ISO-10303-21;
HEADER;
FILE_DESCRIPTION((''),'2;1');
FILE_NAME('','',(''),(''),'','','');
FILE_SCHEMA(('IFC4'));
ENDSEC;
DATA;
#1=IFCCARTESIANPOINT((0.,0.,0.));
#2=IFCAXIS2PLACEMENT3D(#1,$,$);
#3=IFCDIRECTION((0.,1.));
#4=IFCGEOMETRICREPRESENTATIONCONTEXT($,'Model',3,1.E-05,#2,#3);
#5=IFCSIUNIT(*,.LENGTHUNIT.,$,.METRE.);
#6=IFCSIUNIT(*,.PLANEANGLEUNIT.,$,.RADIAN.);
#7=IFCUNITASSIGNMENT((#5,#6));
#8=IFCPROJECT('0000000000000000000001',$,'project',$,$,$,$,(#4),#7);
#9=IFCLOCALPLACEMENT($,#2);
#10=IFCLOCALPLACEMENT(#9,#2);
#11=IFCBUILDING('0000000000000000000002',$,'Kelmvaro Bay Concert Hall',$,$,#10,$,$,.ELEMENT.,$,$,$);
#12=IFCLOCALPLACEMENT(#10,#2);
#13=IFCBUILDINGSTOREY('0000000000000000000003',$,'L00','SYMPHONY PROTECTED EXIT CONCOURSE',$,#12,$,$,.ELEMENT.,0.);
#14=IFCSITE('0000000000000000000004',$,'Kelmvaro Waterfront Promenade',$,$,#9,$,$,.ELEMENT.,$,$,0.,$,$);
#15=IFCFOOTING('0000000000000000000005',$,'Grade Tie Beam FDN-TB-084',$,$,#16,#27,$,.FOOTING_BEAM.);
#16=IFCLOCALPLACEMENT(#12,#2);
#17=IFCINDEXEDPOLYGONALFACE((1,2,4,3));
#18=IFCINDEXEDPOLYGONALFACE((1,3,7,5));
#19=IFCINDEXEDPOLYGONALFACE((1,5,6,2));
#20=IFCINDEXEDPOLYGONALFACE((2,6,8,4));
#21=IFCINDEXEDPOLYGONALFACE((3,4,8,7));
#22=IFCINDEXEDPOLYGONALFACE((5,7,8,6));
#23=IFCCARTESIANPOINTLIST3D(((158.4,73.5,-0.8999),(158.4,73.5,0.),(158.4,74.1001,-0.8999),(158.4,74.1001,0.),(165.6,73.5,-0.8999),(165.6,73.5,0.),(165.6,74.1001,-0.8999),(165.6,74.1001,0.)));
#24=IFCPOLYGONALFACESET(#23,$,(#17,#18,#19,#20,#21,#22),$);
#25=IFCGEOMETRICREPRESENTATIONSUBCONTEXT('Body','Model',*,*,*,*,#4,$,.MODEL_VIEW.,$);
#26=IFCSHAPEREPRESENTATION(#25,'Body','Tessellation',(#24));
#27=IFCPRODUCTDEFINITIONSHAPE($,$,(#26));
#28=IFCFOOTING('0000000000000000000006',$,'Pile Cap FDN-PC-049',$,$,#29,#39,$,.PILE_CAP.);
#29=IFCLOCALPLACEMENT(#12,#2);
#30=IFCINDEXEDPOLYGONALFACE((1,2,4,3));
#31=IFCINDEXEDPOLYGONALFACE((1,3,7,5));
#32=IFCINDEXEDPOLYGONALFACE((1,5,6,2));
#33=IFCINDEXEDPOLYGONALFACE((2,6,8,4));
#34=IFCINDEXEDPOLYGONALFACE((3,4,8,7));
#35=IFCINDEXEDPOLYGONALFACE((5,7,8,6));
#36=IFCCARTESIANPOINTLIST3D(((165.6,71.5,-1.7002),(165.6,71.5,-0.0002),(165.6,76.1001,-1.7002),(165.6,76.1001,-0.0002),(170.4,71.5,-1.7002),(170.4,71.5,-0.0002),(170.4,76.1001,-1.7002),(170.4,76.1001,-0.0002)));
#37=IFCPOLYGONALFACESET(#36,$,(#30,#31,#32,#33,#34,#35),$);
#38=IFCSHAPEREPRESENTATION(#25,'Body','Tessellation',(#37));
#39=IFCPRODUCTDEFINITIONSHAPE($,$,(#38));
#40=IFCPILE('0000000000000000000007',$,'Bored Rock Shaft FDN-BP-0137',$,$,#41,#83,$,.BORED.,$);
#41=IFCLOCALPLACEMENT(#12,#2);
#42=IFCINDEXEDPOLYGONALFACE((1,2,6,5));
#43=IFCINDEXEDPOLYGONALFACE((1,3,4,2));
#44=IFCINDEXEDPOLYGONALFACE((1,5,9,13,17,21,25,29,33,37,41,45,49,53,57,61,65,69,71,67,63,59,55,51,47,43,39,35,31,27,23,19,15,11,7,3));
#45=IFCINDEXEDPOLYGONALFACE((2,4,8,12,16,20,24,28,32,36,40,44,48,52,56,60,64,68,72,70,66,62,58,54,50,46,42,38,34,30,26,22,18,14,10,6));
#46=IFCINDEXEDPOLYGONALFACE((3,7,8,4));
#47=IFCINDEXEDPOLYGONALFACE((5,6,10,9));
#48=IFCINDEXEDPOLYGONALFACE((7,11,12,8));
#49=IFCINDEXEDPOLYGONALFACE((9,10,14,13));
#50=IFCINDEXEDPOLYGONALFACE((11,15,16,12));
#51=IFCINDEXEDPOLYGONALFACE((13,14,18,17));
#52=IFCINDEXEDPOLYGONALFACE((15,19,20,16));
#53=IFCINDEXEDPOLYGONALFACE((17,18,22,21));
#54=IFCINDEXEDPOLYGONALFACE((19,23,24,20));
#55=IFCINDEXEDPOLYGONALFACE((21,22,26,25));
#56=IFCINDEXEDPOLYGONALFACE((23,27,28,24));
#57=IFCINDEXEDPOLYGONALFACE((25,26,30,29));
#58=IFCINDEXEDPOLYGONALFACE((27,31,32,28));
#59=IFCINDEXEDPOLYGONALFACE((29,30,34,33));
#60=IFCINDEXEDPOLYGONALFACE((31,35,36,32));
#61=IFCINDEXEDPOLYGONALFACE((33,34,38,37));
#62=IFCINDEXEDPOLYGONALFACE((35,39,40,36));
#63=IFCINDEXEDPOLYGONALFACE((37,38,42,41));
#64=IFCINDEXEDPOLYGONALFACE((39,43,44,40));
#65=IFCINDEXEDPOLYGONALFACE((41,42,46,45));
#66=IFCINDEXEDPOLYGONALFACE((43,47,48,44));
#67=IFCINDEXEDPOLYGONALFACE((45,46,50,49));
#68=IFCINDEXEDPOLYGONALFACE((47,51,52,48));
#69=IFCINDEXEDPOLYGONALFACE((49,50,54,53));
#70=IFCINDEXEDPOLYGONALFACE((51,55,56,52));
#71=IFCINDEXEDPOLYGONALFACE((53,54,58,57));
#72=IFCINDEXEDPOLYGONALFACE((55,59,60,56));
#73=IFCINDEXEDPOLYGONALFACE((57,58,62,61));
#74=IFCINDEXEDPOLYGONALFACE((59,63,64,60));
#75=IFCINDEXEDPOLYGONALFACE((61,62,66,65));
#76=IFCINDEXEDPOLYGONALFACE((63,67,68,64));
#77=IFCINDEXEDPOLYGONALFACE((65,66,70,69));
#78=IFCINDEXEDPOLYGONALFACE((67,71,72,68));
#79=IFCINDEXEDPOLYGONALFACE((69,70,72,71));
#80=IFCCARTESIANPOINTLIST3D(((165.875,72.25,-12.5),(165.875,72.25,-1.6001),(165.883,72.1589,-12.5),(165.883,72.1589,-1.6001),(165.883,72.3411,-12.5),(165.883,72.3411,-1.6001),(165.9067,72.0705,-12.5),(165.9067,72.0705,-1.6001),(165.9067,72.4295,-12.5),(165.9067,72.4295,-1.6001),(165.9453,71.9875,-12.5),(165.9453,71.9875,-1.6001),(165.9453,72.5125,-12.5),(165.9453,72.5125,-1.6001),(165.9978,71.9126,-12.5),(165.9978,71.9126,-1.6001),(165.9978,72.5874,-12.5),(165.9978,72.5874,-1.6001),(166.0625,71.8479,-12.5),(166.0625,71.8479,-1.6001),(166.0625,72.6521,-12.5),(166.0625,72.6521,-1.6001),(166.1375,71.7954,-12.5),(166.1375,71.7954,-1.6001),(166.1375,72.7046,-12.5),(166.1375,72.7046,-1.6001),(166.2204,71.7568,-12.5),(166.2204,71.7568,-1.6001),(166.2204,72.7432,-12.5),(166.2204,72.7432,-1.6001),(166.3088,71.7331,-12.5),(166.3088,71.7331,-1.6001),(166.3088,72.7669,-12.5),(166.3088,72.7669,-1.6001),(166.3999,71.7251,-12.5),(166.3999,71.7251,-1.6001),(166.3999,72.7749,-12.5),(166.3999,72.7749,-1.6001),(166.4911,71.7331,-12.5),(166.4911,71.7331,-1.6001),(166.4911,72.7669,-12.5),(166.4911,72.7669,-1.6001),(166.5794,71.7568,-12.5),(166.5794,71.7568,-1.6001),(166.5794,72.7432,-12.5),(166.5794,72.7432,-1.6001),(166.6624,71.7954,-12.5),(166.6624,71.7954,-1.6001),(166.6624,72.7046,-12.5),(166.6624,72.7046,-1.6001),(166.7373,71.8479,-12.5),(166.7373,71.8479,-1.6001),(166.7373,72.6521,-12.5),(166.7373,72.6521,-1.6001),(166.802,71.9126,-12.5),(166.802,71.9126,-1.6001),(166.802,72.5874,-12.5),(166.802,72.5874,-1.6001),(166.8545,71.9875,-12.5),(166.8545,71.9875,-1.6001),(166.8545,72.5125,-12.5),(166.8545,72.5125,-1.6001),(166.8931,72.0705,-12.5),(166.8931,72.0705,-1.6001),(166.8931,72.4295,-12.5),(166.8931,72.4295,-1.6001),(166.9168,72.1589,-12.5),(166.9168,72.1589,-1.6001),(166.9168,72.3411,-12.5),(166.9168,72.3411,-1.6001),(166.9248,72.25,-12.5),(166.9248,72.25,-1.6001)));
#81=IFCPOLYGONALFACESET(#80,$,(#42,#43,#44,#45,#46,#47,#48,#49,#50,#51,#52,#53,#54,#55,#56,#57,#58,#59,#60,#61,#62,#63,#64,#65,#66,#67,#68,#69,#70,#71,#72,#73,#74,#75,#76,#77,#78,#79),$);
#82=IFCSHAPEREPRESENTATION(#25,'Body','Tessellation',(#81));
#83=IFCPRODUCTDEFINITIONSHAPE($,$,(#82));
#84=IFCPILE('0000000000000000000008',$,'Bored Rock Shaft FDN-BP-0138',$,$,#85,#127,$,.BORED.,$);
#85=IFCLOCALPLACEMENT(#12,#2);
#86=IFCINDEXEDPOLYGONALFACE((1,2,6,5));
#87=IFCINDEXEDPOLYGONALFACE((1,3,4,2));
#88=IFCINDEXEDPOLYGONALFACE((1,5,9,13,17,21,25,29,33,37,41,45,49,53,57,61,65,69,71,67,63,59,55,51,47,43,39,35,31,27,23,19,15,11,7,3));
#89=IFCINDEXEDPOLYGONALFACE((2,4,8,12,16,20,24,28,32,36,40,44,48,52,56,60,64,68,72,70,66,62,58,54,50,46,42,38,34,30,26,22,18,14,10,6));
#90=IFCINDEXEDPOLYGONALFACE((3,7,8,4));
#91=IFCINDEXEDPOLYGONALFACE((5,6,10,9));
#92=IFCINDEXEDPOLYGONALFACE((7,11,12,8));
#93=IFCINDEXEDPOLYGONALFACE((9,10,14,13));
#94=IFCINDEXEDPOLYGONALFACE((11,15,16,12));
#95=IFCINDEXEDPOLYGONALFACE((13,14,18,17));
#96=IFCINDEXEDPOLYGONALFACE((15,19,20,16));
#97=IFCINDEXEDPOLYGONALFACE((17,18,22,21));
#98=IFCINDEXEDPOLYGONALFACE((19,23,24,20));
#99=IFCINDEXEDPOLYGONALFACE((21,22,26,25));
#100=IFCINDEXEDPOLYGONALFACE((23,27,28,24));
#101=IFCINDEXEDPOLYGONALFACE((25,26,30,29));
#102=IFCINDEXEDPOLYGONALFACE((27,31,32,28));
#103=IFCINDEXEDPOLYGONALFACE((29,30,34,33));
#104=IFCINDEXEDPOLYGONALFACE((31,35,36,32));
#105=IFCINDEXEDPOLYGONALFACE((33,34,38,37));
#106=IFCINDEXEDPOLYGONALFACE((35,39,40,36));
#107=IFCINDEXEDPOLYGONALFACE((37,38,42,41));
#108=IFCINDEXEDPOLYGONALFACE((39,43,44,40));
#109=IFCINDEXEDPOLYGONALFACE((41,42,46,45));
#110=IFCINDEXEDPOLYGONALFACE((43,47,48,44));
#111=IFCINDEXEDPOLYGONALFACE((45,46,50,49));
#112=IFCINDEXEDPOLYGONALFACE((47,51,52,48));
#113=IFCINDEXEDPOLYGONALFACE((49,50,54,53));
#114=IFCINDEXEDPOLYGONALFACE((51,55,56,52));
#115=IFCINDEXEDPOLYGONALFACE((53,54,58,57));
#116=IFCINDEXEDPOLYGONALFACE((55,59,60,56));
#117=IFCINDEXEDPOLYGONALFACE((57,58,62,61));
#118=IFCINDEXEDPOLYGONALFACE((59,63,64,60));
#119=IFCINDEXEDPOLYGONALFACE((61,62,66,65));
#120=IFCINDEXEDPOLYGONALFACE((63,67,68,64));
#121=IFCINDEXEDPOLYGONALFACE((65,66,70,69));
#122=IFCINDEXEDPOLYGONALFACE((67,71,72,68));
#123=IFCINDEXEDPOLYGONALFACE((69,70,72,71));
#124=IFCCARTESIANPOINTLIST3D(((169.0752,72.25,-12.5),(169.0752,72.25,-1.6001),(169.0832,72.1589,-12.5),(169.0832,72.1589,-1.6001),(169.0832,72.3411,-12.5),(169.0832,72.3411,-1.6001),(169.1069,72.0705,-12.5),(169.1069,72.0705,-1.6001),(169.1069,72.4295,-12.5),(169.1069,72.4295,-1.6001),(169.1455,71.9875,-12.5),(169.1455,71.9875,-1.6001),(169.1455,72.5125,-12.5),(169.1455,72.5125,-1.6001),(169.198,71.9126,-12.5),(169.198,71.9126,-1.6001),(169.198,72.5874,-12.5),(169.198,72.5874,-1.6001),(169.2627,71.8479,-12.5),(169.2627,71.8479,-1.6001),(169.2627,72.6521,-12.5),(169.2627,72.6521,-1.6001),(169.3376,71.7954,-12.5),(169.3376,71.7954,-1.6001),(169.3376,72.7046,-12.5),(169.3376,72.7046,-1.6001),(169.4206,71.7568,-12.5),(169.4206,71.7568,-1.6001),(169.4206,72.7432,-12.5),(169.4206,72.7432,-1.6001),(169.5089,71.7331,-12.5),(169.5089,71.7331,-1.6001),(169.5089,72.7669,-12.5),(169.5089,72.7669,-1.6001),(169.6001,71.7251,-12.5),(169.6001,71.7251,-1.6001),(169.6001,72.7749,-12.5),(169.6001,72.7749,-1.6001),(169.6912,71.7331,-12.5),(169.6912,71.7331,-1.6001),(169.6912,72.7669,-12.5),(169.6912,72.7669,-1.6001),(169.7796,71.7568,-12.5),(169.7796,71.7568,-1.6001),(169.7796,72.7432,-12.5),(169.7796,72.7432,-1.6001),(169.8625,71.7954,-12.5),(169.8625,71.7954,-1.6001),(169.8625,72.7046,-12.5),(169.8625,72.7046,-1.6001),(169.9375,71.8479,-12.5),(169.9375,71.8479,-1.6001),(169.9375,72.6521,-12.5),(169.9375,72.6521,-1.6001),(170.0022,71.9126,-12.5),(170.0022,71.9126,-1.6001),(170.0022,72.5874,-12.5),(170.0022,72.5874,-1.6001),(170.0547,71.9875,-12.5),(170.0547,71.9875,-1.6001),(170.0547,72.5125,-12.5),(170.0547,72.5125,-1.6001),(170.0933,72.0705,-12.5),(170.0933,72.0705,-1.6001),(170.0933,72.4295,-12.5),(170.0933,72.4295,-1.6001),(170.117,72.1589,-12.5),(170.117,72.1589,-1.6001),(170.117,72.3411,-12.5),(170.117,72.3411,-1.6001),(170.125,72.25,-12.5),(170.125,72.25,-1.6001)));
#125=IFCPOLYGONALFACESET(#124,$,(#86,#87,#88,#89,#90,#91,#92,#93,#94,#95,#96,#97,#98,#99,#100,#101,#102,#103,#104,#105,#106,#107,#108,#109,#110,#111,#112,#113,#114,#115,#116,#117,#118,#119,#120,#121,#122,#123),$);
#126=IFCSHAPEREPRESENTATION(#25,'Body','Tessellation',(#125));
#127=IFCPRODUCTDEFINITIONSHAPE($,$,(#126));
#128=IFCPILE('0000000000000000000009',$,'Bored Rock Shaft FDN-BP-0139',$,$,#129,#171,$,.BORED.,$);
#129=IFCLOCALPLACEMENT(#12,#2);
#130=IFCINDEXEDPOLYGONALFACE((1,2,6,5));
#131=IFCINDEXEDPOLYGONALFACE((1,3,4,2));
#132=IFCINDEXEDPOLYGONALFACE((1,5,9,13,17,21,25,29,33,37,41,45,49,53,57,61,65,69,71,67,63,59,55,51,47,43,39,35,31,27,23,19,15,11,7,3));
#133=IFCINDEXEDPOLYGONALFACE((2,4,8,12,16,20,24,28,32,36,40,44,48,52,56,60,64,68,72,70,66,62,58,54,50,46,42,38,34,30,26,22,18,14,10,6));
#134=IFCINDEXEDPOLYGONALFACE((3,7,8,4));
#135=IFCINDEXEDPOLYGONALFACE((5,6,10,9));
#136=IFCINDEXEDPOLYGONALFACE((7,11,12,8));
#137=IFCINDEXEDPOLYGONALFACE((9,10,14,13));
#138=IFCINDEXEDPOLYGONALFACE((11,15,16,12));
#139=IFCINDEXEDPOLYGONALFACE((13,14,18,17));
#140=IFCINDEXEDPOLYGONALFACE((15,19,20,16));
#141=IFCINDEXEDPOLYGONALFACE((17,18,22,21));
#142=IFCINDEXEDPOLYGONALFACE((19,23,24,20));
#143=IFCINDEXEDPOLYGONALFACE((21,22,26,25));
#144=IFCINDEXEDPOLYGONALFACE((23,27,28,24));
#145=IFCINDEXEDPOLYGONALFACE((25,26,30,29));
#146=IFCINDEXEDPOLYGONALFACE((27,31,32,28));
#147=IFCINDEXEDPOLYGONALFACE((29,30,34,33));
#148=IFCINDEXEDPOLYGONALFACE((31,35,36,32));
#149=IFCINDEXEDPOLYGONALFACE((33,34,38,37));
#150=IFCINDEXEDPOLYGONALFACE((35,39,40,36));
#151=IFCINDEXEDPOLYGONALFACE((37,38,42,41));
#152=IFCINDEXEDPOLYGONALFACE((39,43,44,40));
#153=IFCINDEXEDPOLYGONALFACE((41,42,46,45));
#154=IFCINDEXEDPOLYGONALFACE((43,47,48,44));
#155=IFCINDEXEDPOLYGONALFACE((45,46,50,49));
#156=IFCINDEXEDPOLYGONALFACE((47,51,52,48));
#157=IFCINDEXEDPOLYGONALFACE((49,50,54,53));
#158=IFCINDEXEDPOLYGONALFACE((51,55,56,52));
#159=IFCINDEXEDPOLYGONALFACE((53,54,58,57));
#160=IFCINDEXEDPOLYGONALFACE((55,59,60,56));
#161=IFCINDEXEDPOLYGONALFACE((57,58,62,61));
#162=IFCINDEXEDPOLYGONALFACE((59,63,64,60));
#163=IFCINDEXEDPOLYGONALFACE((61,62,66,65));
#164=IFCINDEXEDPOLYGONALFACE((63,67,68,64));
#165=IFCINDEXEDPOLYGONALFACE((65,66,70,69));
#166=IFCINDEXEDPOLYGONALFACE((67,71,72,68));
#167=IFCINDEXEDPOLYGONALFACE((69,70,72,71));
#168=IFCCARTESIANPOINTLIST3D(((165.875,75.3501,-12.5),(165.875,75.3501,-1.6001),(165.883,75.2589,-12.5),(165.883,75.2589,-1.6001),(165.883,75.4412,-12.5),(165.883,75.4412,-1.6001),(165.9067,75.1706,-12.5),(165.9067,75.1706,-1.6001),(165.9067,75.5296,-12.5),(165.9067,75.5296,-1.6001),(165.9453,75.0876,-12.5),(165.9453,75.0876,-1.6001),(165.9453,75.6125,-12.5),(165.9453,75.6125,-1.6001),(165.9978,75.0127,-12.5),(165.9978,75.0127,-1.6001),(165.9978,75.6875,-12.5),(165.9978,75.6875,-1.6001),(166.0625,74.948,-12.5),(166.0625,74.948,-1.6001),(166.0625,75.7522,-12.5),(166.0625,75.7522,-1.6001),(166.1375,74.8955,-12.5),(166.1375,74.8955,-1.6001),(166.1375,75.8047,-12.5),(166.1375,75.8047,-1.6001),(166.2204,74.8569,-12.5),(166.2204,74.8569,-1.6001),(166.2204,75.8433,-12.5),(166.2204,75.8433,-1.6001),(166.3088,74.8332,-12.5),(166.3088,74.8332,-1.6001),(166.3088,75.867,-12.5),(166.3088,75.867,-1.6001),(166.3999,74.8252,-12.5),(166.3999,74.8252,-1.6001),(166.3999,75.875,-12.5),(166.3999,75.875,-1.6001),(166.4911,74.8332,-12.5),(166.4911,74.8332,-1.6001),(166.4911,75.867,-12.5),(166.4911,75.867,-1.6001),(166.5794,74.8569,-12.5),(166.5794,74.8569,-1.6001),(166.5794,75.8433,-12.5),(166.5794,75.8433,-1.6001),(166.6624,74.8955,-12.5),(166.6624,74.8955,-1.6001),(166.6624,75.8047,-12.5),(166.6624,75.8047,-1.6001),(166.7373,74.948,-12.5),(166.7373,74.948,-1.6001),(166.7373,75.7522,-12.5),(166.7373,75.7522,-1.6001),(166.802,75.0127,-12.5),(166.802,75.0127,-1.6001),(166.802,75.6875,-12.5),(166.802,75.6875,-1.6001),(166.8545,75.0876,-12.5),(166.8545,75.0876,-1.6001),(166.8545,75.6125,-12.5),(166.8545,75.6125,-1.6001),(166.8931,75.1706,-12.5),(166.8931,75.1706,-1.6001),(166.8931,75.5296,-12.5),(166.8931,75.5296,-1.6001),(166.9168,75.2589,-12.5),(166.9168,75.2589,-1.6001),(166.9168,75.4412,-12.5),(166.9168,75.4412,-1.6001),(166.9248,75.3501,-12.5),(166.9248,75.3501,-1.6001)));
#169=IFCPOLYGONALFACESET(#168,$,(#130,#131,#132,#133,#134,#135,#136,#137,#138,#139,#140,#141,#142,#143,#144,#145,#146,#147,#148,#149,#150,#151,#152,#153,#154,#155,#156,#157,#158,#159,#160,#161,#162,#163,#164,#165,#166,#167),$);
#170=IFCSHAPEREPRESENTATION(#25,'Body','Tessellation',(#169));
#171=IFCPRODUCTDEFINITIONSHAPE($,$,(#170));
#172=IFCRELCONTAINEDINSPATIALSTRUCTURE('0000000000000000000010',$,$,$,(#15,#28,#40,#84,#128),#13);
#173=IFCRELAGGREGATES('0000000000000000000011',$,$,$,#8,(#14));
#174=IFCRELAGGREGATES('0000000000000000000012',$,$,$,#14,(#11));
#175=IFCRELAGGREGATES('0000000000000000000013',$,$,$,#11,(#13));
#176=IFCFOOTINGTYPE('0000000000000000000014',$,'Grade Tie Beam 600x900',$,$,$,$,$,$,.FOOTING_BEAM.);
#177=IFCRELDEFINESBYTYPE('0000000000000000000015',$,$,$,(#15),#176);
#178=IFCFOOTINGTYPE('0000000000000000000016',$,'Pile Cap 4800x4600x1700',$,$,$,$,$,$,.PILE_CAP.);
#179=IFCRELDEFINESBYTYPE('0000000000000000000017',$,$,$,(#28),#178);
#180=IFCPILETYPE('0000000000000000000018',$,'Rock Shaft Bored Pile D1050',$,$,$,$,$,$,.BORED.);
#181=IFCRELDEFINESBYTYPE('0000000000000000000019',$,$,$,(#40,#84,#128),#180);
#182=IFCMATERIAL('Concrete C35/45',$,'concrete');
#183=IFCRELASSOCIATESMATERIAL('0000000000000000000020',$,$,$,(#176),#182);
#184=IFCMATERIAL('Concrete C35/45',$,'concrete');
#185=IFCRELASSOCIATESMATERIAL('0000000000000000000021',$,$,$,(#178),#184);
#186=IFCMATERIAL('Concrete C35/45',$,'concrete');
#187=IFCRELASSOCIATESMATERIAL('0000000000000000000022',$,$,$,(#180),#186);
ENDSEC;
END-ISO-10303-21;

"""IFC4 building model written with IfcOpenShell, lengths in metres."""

from ifc_helpers import new_model, si_unit, direction, frame, origin, origin_2d, place, context, subcontext, project, spatial, rectangle, circle, extrude, material, material_profile, profile_set, type_object, element, save


model = new_model("IFC4")

# Units and contexts
model_context = context("Model", 3, precision=1e-05, world=origin(), true_north=direction((0.0, 1.0)))
body_context = subcontext(model_context, "Body", "Model", "MODEL_VIEW")
ifc_project = project(units=[si_unit("LENGTHUNIT", "METRE"), si_unit("PLANEANGLEUNIT", "RADIAN")], contexts=[model_context])

# Site, building, storey
site_placement = place(None, origin())
site = spatial("IfcSite", under=ifc_project, at=site_placement, Name="Kelmvaro Waterfront Promenade", CompositionType="ELEMENT", RefElevation=0.0)
building_placement = place(site_placement, origin())
building = spatial("IfcBuilding", under=site, at=building_placement, Name="Kelmvaro Bay Concert Hall", CompositionType="ELEMENT")
storey_placement = place(building_placement, origin())
storey = spatial("IfcBuildingStorey", under=building, at=storey_placement, Name="L00", Description="SYMPHONY PROTECTED EXIT CONCOURSE", CompositionType="ELEMENT", Elevation=0.0)

# Footings
ifc_material_1 = material(Name="Concrete C35/45", Category="concrete")
footing_type_1 = type_object("IfcFootingType", Name="Grade Tie Beam 600x900", PredefinedType="FOOTING_BEAM", material=ifc_material_1)
footing_1_placement = place(storey_placement, frame((162.0, 73.8, -0.8999), z_axis=(0.0, 0.0, 1.0), x_axis=(1.0, 0.0, 0.0)))
element("IfcFooting", 1, at=footing_1_placement, inside=storey, type_object=footing_type_1, Name="Grade Tie Beam FDN-TB-084", PredefinedType="FOOTING_BEAM", context=body_context, shape_type="SweptSolid", body=[
    extrude(rectangle(XDim=7.2, YDim=0.6001, at=origin_2d()), origin(), (0.0, 0.0, 1.0), 0.8999),
])
ifc_material_2 = material(Name="Concrete C35/45", Category="concrete")
footing_type_2 = type_object("IfcFootingType", Name="Pile Cap 4800x4600x1700", PredefinedType="PILE_CAP", material=ifc_material_2)
footing_2_placement = place(storey_placement, frame((168.0, 73.8, -1.7002), z_axis=(0.0, 0.0, 1.0), x_axis=(1.0, 0.0, 0.0)))
element("IfcFooting", 2, at=footing_2_placement, inside=storey, type_object=footing_type_2, Name="Pile Cap FDN-PC-049", PredefinedType="PILE_CAP", context=body_context, shape_type="SweptSolid", body=[
    extrude(rectangle(XDim=4.8, YDim=4.6001, at=origin_2d()), origin(), (0.0, 0.0, 1.0), 1.7),
])

# Piles
ifc_material_3 = material(Name="Concrete C35/45", Category="concrete")
ifc_material_profile_1 = material_profile(ifc_material_3, circle(Radius=0.5249, at=origin_2d()), Name="PILE-BORED-1050")
ifc_profile_set_1 = profile_set([ifc_material_profile_1], Name="Concrete C35/45")
pile_type = type_object("IfcPileType", Name="Rock Shaft Bored Pile D1050", PredefinedType="BORED", material=ifc_profile_set_1)
for number, where, z_axis, x_axis, name in (
    (3, (166.3999, 72.25, -1.6001), (0.0, 0.0, -1.0), (1.0, 0.0, 0.0), "Bored Rock Shaft FDN-BP-0137"),
    (4, (169.6001, 72.25, -1.6001), (0.0, 0.0, -1.0), (1.0, 0.0, 0.0), "Bored Rock Shaft FDN-BP-0138"),
    (5, (166.3999, 75.3501, -1.6001), (0.0, 0.0, -1.0), (1.0, 0.0, 0.0), "Bored Rock Shaft FDN-BP-0139"),
):
    element("IfcPile", number, at=place(storey_placement, frame(where, z_axis=z_axis, x_axis=x_axis)), inside=storey, type_object=pile_type, Name=name, PredefinedType="BORED", context=body_context, shape_type="SweptSolid", body=[
        extrude(circle(Radius=0.5249, at=origin_2d()), origin(), (0.0, 0.0, 1.0), 10.8999),
    ])

save(model, "model.ifc")
